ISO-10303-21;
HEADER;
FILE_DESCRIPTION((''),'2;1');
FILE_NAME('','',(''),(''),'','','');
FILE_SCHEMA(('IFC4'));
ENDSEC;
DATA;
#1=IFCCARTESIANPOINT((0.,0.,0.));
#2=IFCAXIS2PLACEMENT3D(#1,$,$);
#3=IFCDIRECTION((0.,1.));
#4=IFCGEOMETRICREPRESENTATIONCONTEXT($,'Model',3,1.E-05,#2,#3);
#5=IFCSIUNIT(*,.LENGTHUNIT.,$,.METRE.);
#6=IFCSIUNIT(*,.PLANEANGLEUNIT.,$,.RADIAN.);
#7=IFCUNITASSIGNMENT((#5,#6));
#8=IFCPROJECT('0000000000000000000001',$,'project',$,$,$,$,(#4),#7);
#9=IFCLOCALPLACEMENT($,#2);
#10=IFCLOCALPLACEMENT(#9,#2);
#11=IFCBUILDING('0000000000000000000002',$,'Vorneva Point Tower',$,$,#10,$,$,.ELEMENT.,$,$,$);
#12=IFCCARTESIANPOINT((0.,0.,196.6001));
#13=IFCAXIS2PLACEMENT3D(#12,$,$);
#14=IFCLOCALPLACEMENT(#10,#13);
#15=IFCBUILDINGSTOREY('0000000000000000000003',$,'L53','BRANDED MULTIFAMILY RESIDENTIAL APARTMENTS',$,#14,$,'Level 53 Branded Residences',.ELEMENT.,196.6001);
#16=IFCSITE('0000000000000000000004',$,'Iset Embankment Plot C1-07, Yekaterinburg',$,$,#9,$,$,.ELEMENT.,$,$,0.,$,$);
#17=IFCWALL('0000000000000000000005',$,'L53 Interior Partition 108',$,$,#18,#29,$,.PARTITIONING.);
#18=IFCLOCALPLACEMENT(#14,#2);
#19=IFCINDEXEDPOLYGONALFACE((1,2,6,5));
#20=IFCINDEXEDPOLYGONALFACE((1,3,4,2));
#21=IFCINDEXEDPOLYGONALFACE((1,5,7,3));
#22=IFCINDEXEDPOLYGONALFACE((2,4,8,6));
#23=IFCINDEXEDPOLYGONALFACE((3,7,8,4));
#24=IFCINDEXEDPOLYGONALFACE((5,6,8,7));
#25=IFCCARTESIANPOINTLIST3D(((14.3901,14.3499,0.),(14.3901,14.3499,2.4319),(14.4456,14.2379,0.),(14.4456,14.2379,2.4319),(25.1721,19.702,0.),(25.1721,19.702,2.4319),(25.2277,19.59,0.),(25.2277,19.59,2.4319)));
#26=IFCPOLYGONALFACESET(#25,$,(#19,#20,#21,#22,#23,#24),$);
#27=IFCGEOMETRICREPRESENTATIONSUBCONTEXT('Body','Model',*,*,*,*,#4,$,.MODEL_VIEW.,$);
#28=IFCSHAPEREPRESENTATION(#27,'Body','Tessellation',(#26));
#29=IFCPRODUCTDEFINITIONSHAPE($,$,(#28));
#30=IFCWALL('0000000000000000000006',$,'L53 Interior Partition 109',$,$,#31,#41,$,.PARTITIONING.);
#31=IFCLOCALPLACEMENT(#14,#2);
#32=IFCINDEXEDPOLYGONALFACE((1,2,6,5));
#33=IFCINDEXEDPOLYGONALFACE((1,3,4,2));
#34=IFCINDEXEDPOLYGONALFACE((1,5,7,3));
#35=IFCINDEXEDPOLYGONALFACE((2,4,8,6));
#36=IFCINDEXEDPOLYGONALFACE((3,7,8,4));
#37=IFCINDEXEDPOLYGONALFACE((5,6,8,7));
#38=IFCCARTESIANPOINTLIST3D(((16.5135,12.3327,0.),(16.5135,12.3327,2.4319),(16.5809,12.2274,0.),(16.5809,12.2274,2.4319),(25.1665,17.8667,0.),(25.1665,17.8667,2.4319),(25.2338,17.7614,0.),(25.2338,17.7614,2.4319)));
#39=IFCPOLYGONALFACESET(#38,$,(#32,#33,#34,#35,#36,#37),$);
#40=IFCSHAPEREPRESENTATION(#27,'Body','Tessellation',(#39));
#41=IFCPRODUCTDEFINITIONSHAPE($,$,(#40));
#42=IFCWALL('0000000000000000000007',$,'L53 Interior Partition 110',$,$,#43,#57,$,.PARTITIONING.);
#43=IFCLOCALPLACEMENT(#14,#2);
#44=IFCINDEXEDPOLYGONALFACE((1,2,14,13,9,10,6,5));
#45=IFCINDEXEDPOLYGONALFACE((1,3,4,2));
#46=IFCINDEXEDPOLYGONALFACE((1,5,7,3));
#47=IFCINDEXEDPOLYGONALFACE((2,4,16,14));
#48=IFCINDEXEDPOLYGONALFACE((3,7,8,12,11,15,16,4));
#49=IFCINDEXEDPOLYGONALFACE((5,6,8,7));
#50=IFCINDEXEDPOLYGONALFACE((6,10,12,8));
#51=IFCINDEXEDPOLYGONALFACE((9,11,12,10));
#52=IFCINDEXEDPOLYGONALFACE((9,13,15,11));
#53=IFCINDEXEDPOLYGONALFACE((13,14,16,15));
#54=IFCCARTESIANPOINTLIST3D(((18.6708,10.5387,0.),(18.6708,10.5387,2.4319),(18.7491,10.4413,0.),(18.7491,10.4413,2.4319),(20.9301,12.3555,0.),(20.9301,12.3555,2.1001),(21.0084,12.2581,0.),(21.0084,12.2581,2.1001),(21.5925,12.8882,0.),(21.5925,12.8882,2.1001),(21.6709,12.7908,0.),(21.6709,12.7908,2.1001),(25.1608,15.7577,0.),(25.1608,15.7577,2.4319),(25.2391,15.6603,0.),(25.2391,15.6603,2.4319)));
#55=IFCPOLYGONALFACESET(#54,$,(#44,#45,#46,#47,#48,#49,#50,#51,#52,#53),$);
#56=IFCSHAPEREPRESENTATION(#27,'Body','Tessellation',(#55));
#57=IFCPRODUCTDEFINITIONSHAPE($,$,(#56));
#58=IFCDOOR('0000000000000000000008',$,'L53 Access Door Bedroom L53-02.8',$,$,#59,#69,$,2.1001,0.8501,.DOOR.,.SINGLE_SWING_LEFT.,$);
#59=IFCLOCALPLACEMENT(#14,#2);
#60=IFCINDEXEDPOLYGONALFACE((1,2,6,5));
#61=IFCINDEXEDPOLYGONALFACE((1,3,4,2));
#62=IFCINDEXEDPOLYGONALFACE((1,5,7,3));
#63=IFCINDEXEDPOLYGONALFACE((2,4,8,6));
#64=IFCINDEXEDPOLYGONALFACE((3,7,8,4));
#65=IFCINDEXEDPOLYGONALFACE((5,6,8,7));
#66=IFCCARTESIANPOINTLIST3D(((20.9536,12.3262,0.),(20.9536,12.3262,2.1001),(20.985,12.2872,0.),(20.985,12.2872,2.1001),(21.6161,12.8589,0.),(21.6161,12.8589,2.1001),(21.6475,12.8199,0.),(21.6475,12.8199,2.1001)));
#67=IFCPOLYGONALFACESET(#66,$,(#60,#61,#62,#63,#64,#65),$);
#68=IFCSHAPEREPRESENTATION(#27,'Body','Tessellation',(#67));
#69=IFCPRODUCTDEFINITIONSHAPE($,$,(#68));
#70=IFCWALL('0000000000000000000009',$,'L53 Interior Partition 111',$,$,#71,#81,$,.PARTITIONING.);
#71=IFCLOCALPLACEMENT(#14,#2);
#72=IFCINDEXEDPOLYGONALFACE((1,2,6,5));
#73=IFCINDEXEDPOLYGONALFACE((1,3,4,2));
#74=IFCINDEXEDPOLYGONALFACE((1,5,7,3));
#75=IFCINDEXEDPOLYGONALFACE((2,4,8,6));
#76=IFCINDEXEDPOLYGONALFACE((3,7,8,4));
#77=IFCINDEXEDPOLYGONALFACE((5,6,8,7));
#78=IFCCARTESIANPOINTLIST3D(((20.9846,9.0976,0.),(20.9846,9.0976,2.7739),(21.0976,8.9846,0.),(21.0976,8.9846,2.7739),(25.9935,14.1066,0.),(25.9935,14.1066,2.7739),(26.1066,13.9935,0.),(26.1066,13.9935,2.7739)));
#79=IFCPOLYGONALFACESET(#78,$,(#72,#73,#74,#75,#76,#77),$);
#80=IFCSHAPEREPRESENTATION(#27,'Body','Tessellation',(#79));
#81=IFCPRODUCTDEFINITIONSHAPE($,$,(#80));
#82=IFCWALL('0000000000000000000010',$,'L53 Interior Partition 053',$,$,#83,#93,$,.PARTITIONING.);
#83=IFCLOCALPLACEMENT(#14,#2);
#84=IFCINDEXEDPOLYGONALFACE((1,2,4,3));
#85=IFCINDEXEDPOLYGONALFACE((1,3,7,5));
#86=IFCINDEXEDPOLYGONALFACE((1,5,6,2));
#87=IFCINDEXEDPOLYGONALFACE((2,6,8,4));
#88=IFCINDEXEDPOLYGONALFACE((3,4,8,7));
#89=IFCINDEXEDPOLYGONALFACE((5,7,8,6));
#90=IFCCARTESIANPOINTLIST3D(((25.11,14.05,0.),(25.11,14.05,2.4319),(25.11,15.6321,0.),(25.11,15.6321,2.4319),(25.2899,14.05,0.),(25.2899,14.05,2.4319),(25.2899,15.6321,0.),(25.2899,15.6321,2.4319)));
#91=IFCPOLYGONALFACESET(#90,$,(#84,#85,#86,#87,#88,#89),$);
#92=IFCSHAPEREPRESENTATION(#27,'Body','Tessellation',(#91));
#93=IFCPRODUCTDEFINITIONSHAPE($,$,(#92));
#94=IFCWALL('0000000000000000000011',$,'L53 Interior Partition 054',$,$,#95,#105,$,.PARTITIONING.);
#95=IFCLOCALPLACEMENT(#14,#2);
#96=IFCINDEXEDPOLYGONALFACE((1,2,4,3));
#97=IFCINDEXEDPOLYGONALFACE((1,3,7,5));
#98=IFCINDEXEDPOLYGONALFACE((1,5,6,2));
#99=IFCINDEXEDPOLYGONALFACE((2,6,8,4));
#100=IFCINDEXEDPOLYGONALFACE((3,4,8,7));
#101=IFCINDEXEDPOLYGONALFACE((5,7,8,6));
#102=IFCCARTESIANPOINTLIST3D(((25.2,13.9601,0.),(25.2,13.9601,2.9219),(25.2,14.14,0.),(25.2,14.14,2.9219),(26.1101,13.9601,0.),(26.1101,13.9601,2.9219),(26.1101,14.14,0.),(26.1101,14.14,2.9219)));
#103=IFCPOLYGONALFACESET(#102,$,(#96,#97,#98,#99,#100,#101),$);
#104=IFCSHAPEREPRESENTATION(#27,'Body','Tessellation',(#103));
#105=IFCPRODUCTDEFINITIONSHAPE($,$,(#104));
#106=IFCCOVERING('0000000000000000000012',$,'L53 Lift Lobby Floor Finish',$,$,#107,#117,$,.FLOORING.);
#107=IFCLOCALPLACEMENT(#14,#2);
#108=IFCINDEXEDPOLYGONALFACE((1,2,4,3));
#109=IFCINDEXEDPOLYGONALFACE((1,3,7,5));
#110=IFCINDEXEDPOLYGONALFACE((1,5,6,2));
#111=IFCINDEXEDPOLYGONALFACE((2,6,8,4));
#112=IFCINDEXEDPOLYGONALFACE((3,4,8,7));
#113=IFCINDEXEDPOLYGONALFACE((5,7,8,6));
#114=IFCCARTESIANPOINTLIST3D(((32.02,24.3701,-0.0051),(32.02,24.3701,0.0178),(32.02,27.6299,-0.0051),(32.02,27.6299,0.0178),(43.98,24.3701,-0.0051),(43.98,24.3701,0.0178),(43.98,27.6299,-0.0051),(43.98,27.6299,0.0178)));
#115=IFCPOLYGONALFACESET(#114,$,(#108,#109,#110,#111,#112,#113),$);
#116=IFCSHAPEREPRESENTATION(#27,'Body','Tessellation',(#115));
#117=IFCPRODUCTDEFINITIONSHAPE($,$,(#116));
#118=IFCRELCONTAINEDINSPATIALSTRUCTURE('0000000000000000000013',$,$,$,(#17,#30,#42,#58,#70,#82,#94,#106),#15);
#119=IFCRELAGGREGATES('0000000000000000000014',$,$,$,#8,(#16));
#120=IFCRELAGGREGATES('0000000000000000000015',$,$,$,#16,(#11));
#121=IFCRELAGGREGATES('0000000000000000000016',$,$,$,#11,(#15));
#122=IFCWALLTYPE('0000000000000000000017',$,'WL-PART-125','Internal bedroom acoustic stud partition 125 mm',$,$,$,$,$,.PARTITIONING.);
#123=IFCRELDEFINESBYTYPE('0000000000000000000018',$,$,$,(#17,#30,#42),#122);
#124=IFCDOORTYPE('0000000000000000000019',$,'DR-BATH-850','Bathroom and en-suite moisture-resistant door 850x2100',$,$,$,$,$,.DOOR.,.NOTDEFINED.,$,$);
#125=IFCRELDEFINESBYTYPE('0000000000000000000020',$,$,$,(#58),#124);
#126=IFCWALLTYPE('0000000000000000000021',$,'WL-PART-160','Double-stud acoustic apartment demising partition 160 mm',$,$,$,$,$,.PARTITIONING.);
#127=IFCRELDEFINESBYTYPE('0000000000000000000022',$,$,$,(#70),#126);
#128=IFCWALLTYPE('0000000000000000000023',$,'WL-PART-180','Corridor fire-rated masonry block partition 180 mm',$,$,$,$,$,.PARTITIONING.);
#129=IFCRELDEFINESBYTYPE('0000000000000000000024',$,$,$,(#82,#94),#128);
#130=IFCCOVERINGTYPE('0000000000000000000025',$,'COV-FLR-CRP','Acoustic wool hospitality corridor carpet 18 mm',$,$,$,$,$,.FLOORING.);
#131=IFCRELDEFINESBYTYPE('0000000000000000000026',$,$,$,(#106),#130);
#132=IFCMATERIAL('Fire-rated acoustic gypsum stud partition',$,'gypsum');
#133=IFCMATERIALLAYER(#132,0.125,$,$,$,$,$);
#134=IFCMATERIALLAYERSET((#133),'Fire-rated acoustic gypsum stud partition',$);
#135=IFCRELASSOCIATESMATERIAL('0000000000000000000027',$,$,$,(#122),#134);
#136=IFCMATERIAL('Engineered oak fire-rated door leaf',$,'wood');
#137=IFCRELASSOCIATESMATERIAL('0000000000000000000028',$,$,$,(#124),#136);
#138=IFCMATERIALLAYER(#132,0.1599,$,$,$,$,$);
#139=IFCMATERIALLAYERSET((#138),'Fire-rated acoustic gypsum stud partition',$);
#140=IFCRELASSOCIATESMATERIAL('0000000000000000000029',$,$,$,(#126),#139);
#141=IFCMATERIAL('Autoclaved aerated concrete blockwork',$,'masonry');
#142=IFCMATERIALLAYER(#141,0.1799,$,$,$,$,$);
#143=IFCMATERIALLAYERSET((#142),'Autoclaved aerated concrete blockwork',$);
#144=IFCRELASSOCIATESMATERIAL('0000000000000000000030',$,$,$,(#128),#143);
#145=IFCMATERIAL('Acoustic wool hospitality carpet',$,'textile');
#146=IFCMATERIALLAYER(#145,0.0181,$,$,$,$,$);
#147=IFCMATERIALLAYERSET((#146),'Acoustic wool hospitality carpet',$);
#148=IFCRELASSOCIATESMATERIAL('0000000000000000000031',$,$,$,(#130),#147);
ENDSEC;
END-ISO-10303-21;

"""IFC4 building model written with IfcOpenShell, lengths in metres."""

from ifc_helpers import new_model, si_unit, direction, frame, frame_2d, origin, place, context, subcontext, project, spatial, polyline, rectangle, outline, extrude, material, layer, layer_set, type_object, element, fill, save


model = new_model("IFC4")

# Units and contexts
model_context = context("Model", 3, precision=1e-05, world=origin(), true_north=direction((0.0, 1.0)))
body_context = subcontext(model_context, "Body", "Model", "MODEL_VIEW")
ifc_project = project(units=[si_unit("LENGTHUNIT", "METRE"), si_unit("PLANEANGLEUNIT", "RADIAN")], contexts=[model_context])

# Site, building, storey
site_placement = place(None, origin())
site = spatial("IfcSite", under=ifc_project, at=site_placement, Name="Iset Embankment Plot C1-07, Yekaterinburg", CompositionType="ELEMENT", RefElevation=0.0)
building_placement = place(site_placement, origin())
building = spatial("IfcBuilding", under=site, at=building_placement, Name="Vorneva Point Tower", CompositionType="ELEMENT")
storey_placement = place(building_placement, frame((0.0, 0.0, 196.6001)))
storey = spatial("IfcBuildingStorey", under=building, at=storey_placement, Name="L53", Description="BRANDED MULTIFAMILY RESIDENTIAL APARTMENTS", LongName="Level 53 Branded Residences", CompositionType="ELEMENT", Elevation=196.6001)

# Walls
ifc_material_1 = material(Name="Fire-rated acoustic gypsum stud partition", Category="gypsum")
ifc_layer_1 = layer(ifc_material_1, 0.125)
ifc_layer_set_1 = layer_set([ifc_layer_1], Name="Fire-rated acoustic gypsum stud partition")
wall_type_1 = type_object("IfcWallType", Name="WL-PART-125", Description="Internal bedroom acoustic stud partition 125 mm", PredefinedType="PARTITIONING", material=ifc_layer_set_1)
wall_1_placement = place(storey_placement, frame((14.418, 14.2939, 0.0), z_axis=(0.0, 0.0, 1.0), x_axis=(0.895717, 0.444624, 0.0)))
element("IfcWall", 1, at=wall_1_placement, inside=storey, type_object=wall_type_1, Name="L53 Interior Partition 108", PredefinedType="PARTITIONING", context=body_context, shape_type="SweptSolid", body=[
    extrude(rectangle(XDim=12.0374, YDim=0.125, at=frame_2d((6.0186, 0.0))), origin(), (0.0, 0.0, 1.0), 2.4319),
])
wall_2_placement = place(storey_placement, frame((16.5471, 12.28, 0.0), z_axis=(0.0, 0.0, 1.0), x_axis=(0.842443, 0.538786, 0.0)))
element("IfcWall", 2, at=wall_2_placement, inside=storey, type_object=wall_type_1, Name="L53 Interior Partition 109", PredefinedType="PARTITIONING", context=body_context, shape_type="SweptSolid", body=[
    extrude(rectangle(XDim=10.2712, YDim=0.125, at=frame_2d((5.1357, 0.0))), origin(), (0.0, 0.0, 1.0), 2.4319),
])

# Wall, opening, door
wall_3_placement = place(storey_placement, frame((18.71, 10.49, 0.0), z_axis=(0.0, 0.0, 1.0), x_axis=(0.779285, 0.62667, 0.0)))
wall_3 = element("IfcWall", 3, at=wall_3_placement, inside=storey, type_object=wall_type_1, Name="L53 Interior Partition 110", PredefinedType="PARTITIONING", context=body_context, shape_type="SweptSolid", body=[
    extrude(rectangle(XDim=8.3281, YDim=0.125, at=frame_2d((4.1641, 0.0))), origin(), (0.0, 0.0, 1.0), 2.4319),
])
opening_1_placement = place(wall_3_placement, frame((2.8992, 0.0, 0.0)))
opening_1 = element("IfcOpeningElement", 4, at=opening_1_placement, cuts=wall_3, PredefinedType="OPENING", context=body_context, shape_type="SweptSolid", body=[
    extrude(rectangle(XDim=0.8501, YDim=2.1001, at=frame_2d((0.425, 1.05))), frame((0.0, 0.0774, 0.0), z_axis=(0.0, -1.0, 0.0), x_axis=(1.0, 0.0, 0.0)), (0.0, 0.0, 1.0), 0.1548),
])
ifc_material_2 = material(Name="Engineered oak fire-rated door leaf", Category="wood")
door_type = type_object("IfcDoorType", Name="DR-BATH-850", Description="Bathroom and en-suite moisture-resistant door 850x2100", OperationType="NOTDEFINED", PredefinedType="DOOR", material=ifc_material_2)
door_placement = place(opening_1_placement, origin())
door = element("IfcDoor", 5, at=door_placement, inside=storey, type_object=door_type, Name="L53 Access Door Bedroom L53-02.8", OperationType="SINGLE_SWING_LEFT", OverallHeight=2.1001, OverallWidth=0.8501, PredefinedType="DOOR", context=body_context, shape_type="SweptSolid", body=[
    extrude(rectangle(XDim=0.8501, YDim=2.1001, at=frame_2d((0.425, 1.05))), frame((0.0, 0.0249, 0.0), z_axis=(0.0, -1.0, 0.0), x_axis=(1.0, 0.0, 0.0)), (0.0, 0.0, 1.0), 0.05),
])
fill(opening_1, door)

# Walls
ifc_layer_2 = layer(ifc_material_1, 0.1599)
ifc_layer_set_2 = layer_set([ifc_layer_2], Name="Fire-rated acoustic gypsum stud partition")
wall_type_2 = type_object("IfcWallType", Name="WL-PART-160", Description="Double-stud acoustic apartment demising partition 160 mm", PredefinedType="PARTITIONING", material=ifc_layer_set_2)
wall_4_placement = place(storey_placement, frame((21.041, 9.041, 0.0), z_axis=(0.0, 0.0, 1.0), x_axis=(0.707107, 0.707107, 0.0)))
element("IfcWall", 6, at=wall_4_placement, inside=storey, type_object=wall_type_2, Name="L53 Interior Partition 111", PredefinedType="PARTITIONING", context=body_context, shape_type="SweptSolid", body=[
    extrude(rectangle(XDim=7.0837, YDim=0.1599, at=frame_2d((3.542, 0.0))), origin(), (0.0, 0.0, 1.0), 2.7739),
])
ifc_material_3 = material(Name="Autoclaved aerated concrete blockwork", Category="masonry")
ifc_layer_3 = layer(ifc_material_3, 0.1799)
ifc_layer_set_3 = layer_set([ifc_layer_3], Name="Autoclaved aerated concrete blockwork")
wall_type_3 = type_object("IfcWallType", Name="WL-PART-180", Description="Corridor fire-rated masonry block partition 180 mm", PredefinedType="PARTITIONING", material=ifc_layer_set_3)
wall_5_placement = place(storey_placement, frame((25.2, 15.6321, 0.0), z_axis=(0.0, 0.0, 1.0), x_axis=(0.0, -1.0, 0.0)))
element("IfcWall", 7, at=wall_5_placement, inside=storey, type_object=wall_type_3, Name="L53 Interior Partition 053", PredefinedType="PARTITIONING", context=body_context, shape_type="SweptSolid", body=[
    extrude(rectangle(XDim=1.582, YDim=0.1799, at=frame_2d((0.791, 0.0))), origin(), (0.0, 0.0, 1.0), 2.4319),
])
wall_6_placement = place(storey_placement, frame((25.2, 14.05, 0.0), z_axis=(0.0, 0.0, 1.0), x_axis=(1.0, 0.0, 0.0)))
element("IfcWall", 8, at=wall_6_placement, inside=storey, type_object=wall_type_3, Name="L53 Interior Partition 054", PredefinedType="PARTITIONING", context=body_context, shape_type="SweptSolid", body=[
    extrude(rectangle(XDim=0.9102, YDim=0.1799, at=frame_2d((0.4551, 0.0))), origin(), (0.0, 0.0, 1.0), 2.9219),
])

# Covering
ifc_material_4 = material(Name="Acoustic wool hospitality carpet", Category="textile")
ifc_layer_4 = layer(ifc_material_4, 0.0181)
ifc_layer_set_4 = layer_set([ifc_layer_4], Name="Acoustic wool hospitality carpet")
covering_type = type_object("IfcCoveringType", Name="COV-FLR-CRP", Description="Acoustic wool hospitality corridor carpet 18 mm", PredefinedType="FLOORING", material=ifc_layer_set_4)
covering_placement = place(storey_placement, frame((0.0, 0.0, -0.0051)))
element("IfcCovering", 9, at=covering_placement, inside=storey, type_object=covering_type, Name="L53 Lift Lobby Floor Finish", PredefinedType="FLOORING", context=body_context, shape_type="SweptSolid", body=[
    extrude(outline(polyline([(32.02, 24.3701), (43.98, 24.3701), (43.98, 27.6299), (32.02, 27.6299), (32.02, 24.3701)])), origin(), (0.0, 0.0, 1.0), 0.0229),
])

save(model, "model.ifc")
